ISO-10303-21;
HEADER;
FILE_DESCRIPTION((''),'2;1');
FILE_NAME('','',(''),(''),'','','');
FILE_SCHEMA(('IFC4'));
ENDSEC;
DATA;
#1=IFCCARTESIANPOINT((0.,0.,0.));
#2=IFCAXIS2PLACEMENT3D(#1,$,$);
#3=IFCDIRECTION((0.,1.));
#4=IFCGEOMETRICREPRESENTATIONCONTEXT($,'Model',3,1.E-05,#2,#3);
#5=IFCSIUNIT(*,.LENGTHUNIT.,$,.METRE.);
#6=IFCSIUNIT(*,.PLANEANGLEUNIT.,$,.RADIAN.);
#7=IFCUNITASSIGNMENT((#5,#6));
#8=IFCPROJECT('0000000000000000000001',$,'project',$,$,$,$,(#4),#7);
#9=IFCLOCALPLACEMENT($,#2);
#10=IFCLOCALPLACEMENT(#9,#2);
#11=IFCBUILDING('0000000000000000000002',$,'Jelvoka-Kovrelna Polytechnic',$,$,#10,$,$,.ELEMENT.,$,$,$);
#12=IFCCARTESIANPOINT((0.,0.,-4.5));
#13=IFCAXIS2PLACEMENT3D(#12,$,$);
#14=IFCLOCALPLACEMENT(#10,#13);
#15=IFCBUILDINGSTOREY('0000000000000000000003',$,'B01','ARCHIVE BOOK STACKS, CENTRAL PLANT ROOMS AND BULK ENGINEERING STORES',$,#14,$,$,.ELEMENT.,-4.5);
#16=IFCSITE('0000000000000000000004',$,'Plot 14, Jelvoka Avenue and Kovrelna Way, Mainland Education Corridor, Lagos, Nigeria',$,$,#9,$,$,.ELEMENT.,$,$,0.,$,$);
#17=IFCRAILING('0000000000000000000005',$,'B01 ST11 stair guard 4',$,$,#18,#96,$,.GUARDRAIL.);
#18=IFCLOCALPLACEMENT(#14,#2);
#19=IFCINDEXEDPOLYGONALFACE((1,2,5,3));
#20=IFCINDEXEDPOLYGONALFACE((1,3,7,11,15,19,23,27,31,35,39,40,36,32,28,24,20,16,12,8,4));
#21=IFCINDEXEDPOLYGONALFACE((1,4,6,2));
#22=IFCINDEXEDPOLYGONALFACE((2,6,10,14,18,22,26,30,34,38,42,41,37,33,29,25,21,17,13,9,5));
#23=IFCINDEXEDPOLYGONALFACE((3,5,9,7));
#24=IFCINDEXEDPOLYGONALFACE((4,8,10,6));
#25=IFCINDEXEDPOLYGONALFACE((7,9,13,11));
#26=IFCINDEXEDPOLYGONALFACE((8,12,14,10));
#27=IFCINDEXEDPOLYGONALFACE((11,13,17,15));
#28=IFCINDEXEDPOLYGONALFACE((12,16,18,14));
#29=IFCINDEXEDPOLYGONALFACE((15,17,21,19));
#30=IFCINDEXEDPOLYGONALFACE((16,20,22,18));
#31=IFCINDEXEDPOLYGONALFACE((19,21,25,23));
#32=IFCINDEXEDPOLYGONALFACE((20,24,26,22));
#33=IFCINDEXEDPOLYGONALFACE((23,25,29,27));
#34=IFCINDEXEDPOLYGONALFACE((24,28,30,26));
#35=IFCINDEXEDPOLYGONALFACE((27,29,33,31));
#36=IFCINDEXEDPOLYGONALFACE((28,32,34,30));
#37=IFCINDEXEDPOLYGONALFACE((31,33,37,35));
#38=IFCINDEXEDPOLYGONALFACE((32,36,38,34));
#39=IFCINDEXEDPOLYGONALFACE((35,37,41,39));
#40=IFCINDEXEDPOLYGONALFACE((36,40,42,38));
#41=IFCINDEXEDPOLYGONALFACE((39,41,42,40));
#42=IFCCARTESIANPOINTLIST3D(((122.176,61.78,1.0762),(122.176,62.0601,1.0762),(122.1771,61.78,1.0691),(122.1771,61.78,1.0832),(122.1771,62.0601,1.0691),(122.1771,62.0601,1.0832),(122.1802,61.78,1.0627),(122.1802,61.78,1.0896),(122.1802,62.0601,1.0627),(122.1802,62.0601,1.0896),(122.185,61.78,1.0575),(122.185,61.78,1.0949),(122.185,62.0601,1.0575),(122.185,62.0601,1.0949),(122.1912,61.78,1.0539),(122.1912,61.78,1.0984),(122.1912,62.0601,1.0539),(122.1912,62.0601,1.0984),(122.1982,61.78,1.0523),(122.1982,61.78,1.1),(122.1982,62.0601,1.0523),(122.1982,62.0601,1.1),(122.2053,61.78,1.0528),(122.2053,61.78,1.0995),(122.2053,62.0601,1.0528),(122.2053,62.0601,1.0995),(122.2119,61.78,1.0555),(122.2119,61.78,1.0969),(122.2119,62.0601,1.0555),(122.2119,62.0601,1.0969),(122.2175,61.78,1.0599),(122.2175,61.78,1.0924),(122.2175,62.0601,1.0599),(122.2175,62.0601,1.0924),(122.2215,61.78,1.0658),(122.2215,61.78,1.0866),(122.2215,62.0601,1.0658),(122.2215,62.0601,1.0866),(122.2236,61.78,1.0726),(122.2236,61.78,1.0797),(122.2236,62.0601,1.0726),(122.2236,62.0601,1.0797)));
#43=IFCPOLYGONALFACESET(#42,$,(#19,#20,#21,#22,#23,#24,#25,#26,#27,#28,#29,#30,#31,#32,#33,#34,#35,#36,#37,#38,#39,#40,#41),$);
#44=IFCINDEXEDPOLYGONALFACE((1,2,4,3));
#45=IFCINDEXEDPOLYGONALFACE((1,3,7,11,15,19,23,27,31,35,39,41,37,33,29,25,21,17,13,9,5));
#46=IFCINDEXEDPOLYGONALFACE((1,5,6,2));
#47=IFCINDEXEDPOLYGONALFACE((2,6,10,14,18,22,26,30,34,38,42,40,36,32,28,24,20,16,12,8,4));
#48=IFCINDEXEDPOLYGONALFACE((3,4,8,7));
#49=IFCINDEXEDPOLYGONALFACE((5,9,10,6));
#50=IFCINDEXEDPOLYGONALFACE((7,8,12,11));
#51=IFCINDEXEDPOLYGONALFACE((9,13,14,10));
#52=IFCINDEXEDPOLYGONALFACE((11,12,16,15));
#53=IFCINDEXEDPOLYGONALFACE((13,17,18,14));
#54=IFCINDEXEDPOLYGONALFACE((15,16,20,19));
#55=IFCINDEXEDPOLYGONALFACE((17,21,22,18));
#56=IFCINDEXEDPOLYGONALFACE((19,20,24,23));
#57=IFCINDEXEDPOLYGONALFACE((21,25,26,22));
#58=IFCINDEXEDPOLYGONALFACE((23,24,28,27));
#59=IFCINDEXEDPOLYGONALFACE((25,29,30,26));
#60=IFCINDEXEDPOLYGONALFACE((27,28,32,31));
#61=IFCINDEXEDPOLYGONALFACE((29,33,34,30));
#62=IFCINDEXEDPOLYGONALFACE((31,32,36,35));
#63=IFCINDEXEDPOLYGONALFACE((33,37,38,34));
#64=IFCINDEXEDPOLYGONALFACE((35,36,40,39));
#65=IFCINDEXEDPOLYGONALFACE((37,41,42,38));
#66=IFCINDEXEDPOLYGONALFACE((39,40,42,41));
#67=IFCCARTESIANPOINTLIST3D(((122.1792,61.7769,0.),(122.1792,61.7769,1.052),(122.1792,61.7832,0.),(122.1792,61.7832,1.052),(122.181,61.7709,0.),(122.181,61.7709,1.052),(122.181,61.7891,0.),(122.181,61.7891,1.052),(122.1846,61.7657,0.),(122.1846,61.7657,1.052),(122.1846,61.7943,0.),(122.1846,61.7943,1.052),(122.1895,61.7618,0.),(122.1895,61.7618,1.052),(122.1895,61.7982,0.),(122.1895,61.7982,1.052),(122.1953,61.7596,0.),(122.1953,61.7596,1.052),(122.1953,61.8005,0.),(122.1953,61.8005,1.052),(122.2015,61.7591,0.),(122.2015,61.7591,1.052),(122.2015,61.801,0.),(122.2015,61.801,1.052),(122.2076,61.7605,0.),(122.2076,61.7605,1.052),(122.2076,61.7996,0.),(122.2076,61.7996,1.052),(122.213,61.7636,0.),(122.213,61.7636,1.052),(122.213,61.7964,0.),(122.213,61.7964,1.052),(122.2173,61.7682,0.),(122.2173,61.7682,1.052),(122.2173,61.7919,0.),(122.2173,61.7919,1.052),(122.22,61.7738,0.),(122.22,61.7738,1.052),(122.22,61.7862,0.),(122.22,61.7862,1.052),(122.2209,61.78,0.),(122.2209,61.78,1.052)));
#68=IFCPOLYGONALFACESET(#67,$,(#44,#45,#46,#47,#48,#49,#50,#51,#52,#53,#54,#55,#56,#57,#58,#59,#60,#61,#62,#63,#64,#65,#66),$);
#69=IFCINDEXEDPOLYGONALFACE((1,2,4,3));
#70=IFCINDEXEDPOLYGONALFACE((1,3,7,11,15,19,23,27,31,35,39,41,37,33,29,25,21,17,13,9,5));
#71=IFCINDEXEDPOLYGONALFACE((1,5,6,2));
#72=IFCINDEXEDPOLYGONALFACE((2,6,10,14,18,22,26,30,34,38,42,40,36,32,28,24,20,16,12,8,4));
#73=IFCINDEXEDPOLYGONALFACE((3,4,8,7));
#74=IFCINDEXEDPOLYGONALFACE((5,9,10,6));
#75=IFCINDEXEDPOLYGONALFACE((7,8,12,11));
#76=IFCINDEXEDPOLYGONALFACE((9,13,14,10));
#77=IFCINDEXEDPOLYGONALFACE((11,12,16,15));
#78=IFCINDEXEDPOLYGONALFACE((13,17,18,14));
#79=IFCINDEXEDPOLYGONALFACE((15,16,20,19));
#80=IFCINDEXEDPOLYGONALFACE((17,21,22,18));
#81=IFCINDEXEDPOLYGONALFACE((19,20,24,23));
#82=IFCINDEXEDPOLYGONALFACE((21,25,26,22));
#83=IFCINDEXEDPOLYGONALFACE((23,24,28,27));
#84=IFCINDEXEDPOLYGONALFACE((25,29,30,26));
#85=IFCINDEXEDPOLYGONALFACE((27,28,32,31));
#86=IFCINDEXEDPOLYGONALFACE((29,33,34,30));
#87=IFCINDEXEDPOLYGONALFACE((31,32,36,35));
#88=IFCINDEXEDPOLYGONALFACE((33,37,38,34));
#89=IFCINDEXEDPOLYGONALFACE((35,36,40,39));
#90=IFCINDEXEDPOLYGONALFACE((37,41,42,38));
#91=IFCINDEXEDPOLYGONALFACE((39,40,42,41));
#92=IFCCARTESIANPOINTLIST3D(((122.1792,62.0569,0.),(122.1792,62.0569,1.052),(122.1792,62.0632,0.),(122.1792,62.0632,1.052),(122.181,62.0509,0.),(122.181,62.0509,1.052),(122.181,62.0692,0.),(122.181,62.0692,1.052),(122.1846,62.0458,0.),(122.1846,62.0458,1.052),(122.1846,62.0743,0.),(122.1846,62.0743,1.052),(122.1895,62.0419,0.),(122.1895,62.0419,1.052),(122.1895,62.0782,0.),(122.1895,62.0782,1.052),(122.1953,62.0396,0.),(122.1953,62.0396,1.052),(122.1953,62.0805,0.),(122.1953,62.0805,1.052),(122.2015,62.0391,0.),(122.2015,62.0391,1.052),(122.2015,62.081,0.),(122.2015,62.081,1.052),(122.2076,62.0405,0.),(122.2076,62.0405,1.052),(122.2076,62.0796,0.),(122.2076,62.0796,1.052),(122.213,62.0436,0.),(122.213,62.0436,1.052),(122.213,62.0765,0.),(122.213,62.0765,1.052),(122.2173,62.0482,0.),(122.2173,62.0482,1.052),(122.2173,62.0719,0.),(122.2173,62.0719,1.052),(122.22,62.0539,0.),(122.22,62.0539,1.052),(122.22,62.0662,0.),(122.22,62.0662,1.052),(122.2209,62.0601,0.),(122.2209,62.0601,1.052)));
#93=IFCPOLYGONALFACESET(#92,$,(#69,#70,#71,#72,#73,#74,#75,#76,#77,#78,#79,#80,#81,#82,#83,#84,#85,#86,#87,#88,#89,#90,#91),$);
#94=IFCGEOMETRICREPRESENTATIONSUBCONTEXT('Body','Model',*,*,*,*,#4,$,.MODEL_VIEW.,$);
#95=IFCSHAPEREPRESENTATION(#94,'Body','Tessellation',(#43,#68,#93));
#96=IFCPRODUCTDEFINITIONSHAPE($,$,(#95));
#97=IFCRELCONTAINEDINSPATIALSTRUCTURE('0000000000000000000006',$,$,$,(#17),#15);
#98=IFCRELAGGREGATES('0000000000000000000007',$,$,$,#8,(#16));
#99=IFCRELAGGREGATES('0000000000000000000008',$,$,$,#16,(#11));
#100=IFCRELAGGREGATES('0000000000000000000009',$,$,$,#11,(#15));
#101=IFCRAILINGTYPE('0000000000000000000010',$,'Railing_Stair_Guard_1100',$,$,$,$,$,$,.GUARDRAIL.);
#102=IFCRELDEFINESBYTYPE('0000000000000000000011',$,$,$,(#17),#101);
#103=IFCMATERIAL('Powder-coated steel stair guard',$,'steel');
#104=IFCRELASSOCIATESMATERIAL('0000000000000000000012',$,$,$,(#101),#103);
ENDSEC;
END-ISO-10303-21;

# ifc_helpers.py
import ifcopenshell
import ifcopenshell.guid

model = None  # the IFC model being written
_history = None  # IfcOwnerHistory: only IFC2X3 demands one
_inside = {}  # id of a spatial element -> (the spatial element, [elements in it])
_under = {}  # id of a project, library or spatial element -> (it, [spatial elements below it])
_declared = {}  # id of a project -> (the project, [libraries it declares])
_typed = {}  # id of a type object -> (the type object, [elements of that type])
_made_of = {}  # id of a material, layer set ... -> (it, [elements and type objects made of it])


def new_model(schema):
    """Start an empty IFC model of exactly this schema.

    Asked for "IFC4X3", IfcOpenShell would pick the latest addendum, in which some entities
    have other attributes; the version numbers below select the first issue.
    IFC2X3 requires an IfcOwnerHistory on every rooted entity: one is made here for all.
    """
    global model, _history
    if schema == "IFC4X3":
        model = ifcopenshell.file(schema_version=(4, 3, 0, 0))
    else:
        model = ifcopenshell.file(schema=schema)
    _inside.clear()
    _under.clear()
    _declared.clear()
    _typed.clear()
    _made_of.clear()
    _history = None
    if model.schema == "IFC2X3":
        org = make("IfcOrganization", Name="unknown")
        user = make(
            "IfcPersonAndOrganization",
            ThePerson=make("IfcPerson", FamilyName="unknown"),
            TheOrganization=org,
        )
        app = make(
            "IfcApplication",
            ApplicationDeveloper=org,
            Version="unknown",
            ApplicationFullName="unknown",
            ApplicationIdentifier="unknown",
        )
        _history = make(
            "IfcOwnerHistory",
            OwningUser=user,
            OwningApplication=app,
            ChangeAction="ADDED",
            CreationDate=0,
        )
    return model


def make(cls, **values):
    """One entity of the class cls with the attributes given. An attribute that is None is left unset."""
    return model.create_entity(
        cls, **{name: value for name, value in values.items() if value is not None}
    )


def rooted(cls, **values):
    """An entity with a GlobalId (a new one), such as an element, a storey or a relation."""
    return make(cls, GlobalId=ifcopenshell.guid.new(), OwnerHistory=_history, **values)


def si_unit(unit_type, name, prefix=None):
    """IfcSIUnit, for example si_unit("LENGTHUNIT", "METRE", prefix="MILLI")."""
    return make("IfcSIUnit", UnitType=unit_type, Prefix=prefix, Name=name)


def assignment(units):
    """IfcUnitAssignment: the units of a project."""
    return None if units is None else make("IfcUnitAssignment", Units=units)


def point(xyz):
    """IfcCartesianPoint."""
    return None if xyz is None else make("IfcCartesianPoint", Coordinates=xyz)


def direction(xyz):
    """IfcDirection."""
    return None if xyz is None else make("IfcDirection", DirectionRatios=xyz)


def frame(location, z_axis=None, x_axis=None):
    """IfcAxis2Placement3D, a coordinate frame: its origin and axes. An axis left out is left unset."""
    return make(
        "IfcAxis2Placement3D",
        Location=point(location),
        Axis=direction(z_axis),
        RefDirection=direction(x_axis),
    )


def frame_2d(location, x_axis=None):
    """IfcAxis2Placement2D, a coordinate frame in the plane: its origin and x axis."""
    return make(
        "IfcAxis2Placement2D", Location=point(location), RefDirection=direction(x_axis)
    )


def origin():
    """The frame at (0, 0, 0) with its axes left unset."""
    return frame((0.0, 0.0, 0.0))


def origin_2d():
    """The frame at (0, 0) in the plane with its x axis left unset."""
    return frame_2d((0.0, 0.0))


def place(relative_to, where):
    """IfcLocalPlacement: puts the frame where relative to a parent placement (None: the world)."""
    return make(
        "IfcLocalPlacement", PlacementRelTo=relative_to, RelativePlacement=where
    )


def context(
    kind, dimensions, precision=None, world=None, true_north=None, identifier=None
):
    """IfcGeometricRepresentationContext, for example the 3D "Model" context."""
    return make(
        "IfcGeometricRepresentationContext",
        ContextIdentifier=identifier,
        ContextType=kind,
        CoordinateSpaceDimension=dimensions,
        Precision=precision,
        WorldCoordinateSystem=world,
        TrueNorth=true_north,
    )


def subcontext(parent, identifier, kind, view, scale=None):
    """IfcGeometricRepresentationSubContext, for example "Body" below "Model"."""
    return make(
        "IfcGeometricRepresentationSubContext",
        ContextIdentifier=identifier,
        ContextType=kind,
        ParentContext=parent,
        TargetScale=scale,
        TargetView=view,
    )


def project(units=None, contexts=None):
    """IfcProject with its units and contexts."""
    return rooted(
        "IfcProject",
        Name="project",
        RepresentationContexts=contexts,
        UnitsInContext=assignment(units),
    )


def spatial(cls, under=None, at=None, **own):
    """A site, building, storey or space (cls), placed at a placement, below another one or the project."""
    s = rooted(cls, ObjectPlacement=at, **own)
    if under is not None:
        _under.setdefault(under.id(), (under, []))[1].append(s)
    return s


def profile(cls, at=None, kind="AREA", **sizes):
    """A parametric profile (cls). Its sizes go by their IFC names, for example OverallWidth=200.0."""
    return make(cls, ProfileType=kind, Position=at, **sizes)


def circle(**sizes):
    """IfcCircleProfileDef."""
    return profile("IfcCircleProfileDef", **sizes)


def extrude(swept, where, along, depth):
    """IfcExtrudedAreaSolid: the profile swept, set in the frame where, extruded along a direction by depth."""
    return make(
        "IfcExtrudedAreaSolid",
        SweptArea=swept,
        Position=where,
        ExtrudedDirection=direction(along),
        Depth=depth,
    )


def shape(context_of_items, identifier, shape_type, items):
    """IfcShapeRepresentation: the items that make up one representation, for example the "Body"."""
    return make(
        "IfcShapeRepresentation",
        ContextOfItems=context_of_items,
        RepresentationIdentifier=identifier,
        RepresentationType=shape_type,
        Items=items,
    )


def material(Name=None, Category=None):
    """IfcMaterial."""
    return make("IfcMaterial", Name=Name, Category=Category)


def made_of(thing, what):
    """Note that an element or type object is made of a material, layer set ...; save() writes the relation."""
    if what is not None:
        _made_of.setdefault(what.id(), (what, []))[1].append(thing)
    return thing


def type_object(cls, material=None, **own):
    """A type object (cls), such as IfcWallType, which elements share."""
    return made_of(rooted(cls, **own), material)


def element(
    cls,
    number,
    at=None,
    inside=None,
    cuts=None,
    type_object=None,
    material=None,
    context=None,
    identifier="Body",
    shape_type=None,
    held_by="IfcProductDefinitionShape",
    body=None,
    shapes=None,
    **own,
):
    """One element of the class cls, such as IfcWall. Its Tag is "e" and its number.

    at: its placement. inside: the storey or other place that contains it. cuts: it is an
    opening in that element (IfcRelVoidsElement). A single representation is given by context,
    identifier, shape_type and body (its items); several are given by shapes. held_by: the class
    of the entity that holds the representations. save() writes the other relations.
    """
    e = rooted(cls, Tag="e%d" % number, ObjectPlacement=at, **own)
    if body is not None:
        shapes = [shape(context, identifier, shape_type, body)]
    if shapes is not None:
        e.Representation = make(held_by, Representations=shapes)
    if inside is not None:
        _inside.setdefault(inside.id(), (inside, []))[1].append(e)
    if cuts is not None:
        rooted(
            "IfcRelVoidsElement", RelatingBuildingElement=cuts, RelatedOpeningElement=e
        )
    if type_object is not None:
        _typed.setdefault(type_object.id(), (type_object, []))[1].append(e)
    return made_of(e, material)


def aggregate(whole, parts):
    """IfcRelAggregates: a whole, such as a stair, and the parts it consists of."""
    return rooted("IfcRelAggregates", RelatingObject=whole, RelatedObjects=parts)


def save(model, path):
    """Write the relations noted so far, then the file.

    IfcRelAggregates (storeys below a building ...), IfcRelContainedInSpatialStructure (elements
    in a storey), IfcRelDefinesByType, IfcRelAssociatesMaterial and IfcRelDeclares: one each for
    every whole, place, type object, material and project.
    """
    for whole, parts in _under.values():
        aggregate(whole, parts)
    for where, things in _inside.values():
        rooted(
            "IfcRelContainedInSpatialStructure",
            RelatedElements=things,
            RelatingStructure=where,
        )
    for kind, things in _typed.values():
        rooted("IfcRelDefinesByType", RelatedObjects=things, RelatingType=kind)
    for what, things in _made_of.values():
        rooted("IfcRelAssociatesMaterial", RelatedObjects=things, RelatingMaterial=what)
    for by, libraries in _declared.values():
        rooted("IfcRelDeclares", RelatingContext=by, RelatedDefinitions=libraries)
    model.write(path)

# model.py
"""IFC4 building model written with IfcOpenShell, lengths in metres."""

from ifc_helpers import new_model, si_unit, direction, frame, origin, origin_2d, place, context, subcontext, project, spatial, circle, extrude, material, type_object, element, save


model = new_model("IFC4")

# Units and contexts
model_context = context("Model", 3, precision=1e-05, world=origin(), true_north=direction((0.0, 1.0)))
body_context = subcontext(model_context, "Body", "Model", "MODEL_VIEW")
ifc_project = project(units=[si_unit("LENGTHUNIT", "METRE"), si_unit("PLANEANGLEUNIT", "RADIAN")], contexts=[model_context])

# Site, building, storey
site_placement = place(None, origin())
site = spatial("IfcSite", under=ifc_project, at=site_placement, Name="Plot 14, Jelvoka Avenue and Kovrelna Way, Mainland Education Corridor, Lagos, Nigeria", CompositionType="ELEMENT", RefElevation=0.0)
building_placement = place(site_placement, origin())
building = spatial("IfcBuilding", under=site, at=building_placement, Name="Jelvoka-Kovrelna Polytechnic", CompositionType="ELEMENT")
storey_placement = place(building_placement, frame((0.0, 0.0, -4.5)))
storey = spatial("IfcBuildingStorey", under=building, at=storey_placement, Name="B01", Description="ARCHIVE BOOK STACKS, CENTRAL PLANT ROOMS AND BULK ENGINEERING STORES", CompositionType="ELEMENT", Elevation=-4.5)

# Railing
ifc_material_1 = material(Name="Powder-coated steel stair guard", Category="steel")
railing_type_1 = type_object("IfcRailingType", Name="Railing_Stair_Guard_1100", PredefinedType="GUARDRAIL", material=ifc_material_1)
railing_1_placement = place(storey_placement, frame((122.2, 61.78, 0.0)))
element("IfcRailing", 1, at=railing_1_placement, inside=storey, type_object=railing_type_1, Name="B01 ST11 stair guard 4", PredefinedType="GUARDRAIL", context=body_context, shape_type="SweptSolid", body=[
    extrude(circle(Radius=0.0239, at=origin_2d()), frame((0.0, 0.0, 1.0762), z_axis=(0.0, 1.0, 0.0), x_axis=(-1.0, 0.0, 0.0)), (0.0, 0.0, 1.0), 0.28),
    extrude(circle(Radius=0.021, at=origin_2d()), origin(), (0.0, 0.0, 1.0), 1.052),
    extrude(circle(Radius=0.021, at=origin_2d()), frame((0.0, 0.28, 0.0)), (0.0, 0.0, 1.0), 1.052),
])

save(model, "model.ifc")
